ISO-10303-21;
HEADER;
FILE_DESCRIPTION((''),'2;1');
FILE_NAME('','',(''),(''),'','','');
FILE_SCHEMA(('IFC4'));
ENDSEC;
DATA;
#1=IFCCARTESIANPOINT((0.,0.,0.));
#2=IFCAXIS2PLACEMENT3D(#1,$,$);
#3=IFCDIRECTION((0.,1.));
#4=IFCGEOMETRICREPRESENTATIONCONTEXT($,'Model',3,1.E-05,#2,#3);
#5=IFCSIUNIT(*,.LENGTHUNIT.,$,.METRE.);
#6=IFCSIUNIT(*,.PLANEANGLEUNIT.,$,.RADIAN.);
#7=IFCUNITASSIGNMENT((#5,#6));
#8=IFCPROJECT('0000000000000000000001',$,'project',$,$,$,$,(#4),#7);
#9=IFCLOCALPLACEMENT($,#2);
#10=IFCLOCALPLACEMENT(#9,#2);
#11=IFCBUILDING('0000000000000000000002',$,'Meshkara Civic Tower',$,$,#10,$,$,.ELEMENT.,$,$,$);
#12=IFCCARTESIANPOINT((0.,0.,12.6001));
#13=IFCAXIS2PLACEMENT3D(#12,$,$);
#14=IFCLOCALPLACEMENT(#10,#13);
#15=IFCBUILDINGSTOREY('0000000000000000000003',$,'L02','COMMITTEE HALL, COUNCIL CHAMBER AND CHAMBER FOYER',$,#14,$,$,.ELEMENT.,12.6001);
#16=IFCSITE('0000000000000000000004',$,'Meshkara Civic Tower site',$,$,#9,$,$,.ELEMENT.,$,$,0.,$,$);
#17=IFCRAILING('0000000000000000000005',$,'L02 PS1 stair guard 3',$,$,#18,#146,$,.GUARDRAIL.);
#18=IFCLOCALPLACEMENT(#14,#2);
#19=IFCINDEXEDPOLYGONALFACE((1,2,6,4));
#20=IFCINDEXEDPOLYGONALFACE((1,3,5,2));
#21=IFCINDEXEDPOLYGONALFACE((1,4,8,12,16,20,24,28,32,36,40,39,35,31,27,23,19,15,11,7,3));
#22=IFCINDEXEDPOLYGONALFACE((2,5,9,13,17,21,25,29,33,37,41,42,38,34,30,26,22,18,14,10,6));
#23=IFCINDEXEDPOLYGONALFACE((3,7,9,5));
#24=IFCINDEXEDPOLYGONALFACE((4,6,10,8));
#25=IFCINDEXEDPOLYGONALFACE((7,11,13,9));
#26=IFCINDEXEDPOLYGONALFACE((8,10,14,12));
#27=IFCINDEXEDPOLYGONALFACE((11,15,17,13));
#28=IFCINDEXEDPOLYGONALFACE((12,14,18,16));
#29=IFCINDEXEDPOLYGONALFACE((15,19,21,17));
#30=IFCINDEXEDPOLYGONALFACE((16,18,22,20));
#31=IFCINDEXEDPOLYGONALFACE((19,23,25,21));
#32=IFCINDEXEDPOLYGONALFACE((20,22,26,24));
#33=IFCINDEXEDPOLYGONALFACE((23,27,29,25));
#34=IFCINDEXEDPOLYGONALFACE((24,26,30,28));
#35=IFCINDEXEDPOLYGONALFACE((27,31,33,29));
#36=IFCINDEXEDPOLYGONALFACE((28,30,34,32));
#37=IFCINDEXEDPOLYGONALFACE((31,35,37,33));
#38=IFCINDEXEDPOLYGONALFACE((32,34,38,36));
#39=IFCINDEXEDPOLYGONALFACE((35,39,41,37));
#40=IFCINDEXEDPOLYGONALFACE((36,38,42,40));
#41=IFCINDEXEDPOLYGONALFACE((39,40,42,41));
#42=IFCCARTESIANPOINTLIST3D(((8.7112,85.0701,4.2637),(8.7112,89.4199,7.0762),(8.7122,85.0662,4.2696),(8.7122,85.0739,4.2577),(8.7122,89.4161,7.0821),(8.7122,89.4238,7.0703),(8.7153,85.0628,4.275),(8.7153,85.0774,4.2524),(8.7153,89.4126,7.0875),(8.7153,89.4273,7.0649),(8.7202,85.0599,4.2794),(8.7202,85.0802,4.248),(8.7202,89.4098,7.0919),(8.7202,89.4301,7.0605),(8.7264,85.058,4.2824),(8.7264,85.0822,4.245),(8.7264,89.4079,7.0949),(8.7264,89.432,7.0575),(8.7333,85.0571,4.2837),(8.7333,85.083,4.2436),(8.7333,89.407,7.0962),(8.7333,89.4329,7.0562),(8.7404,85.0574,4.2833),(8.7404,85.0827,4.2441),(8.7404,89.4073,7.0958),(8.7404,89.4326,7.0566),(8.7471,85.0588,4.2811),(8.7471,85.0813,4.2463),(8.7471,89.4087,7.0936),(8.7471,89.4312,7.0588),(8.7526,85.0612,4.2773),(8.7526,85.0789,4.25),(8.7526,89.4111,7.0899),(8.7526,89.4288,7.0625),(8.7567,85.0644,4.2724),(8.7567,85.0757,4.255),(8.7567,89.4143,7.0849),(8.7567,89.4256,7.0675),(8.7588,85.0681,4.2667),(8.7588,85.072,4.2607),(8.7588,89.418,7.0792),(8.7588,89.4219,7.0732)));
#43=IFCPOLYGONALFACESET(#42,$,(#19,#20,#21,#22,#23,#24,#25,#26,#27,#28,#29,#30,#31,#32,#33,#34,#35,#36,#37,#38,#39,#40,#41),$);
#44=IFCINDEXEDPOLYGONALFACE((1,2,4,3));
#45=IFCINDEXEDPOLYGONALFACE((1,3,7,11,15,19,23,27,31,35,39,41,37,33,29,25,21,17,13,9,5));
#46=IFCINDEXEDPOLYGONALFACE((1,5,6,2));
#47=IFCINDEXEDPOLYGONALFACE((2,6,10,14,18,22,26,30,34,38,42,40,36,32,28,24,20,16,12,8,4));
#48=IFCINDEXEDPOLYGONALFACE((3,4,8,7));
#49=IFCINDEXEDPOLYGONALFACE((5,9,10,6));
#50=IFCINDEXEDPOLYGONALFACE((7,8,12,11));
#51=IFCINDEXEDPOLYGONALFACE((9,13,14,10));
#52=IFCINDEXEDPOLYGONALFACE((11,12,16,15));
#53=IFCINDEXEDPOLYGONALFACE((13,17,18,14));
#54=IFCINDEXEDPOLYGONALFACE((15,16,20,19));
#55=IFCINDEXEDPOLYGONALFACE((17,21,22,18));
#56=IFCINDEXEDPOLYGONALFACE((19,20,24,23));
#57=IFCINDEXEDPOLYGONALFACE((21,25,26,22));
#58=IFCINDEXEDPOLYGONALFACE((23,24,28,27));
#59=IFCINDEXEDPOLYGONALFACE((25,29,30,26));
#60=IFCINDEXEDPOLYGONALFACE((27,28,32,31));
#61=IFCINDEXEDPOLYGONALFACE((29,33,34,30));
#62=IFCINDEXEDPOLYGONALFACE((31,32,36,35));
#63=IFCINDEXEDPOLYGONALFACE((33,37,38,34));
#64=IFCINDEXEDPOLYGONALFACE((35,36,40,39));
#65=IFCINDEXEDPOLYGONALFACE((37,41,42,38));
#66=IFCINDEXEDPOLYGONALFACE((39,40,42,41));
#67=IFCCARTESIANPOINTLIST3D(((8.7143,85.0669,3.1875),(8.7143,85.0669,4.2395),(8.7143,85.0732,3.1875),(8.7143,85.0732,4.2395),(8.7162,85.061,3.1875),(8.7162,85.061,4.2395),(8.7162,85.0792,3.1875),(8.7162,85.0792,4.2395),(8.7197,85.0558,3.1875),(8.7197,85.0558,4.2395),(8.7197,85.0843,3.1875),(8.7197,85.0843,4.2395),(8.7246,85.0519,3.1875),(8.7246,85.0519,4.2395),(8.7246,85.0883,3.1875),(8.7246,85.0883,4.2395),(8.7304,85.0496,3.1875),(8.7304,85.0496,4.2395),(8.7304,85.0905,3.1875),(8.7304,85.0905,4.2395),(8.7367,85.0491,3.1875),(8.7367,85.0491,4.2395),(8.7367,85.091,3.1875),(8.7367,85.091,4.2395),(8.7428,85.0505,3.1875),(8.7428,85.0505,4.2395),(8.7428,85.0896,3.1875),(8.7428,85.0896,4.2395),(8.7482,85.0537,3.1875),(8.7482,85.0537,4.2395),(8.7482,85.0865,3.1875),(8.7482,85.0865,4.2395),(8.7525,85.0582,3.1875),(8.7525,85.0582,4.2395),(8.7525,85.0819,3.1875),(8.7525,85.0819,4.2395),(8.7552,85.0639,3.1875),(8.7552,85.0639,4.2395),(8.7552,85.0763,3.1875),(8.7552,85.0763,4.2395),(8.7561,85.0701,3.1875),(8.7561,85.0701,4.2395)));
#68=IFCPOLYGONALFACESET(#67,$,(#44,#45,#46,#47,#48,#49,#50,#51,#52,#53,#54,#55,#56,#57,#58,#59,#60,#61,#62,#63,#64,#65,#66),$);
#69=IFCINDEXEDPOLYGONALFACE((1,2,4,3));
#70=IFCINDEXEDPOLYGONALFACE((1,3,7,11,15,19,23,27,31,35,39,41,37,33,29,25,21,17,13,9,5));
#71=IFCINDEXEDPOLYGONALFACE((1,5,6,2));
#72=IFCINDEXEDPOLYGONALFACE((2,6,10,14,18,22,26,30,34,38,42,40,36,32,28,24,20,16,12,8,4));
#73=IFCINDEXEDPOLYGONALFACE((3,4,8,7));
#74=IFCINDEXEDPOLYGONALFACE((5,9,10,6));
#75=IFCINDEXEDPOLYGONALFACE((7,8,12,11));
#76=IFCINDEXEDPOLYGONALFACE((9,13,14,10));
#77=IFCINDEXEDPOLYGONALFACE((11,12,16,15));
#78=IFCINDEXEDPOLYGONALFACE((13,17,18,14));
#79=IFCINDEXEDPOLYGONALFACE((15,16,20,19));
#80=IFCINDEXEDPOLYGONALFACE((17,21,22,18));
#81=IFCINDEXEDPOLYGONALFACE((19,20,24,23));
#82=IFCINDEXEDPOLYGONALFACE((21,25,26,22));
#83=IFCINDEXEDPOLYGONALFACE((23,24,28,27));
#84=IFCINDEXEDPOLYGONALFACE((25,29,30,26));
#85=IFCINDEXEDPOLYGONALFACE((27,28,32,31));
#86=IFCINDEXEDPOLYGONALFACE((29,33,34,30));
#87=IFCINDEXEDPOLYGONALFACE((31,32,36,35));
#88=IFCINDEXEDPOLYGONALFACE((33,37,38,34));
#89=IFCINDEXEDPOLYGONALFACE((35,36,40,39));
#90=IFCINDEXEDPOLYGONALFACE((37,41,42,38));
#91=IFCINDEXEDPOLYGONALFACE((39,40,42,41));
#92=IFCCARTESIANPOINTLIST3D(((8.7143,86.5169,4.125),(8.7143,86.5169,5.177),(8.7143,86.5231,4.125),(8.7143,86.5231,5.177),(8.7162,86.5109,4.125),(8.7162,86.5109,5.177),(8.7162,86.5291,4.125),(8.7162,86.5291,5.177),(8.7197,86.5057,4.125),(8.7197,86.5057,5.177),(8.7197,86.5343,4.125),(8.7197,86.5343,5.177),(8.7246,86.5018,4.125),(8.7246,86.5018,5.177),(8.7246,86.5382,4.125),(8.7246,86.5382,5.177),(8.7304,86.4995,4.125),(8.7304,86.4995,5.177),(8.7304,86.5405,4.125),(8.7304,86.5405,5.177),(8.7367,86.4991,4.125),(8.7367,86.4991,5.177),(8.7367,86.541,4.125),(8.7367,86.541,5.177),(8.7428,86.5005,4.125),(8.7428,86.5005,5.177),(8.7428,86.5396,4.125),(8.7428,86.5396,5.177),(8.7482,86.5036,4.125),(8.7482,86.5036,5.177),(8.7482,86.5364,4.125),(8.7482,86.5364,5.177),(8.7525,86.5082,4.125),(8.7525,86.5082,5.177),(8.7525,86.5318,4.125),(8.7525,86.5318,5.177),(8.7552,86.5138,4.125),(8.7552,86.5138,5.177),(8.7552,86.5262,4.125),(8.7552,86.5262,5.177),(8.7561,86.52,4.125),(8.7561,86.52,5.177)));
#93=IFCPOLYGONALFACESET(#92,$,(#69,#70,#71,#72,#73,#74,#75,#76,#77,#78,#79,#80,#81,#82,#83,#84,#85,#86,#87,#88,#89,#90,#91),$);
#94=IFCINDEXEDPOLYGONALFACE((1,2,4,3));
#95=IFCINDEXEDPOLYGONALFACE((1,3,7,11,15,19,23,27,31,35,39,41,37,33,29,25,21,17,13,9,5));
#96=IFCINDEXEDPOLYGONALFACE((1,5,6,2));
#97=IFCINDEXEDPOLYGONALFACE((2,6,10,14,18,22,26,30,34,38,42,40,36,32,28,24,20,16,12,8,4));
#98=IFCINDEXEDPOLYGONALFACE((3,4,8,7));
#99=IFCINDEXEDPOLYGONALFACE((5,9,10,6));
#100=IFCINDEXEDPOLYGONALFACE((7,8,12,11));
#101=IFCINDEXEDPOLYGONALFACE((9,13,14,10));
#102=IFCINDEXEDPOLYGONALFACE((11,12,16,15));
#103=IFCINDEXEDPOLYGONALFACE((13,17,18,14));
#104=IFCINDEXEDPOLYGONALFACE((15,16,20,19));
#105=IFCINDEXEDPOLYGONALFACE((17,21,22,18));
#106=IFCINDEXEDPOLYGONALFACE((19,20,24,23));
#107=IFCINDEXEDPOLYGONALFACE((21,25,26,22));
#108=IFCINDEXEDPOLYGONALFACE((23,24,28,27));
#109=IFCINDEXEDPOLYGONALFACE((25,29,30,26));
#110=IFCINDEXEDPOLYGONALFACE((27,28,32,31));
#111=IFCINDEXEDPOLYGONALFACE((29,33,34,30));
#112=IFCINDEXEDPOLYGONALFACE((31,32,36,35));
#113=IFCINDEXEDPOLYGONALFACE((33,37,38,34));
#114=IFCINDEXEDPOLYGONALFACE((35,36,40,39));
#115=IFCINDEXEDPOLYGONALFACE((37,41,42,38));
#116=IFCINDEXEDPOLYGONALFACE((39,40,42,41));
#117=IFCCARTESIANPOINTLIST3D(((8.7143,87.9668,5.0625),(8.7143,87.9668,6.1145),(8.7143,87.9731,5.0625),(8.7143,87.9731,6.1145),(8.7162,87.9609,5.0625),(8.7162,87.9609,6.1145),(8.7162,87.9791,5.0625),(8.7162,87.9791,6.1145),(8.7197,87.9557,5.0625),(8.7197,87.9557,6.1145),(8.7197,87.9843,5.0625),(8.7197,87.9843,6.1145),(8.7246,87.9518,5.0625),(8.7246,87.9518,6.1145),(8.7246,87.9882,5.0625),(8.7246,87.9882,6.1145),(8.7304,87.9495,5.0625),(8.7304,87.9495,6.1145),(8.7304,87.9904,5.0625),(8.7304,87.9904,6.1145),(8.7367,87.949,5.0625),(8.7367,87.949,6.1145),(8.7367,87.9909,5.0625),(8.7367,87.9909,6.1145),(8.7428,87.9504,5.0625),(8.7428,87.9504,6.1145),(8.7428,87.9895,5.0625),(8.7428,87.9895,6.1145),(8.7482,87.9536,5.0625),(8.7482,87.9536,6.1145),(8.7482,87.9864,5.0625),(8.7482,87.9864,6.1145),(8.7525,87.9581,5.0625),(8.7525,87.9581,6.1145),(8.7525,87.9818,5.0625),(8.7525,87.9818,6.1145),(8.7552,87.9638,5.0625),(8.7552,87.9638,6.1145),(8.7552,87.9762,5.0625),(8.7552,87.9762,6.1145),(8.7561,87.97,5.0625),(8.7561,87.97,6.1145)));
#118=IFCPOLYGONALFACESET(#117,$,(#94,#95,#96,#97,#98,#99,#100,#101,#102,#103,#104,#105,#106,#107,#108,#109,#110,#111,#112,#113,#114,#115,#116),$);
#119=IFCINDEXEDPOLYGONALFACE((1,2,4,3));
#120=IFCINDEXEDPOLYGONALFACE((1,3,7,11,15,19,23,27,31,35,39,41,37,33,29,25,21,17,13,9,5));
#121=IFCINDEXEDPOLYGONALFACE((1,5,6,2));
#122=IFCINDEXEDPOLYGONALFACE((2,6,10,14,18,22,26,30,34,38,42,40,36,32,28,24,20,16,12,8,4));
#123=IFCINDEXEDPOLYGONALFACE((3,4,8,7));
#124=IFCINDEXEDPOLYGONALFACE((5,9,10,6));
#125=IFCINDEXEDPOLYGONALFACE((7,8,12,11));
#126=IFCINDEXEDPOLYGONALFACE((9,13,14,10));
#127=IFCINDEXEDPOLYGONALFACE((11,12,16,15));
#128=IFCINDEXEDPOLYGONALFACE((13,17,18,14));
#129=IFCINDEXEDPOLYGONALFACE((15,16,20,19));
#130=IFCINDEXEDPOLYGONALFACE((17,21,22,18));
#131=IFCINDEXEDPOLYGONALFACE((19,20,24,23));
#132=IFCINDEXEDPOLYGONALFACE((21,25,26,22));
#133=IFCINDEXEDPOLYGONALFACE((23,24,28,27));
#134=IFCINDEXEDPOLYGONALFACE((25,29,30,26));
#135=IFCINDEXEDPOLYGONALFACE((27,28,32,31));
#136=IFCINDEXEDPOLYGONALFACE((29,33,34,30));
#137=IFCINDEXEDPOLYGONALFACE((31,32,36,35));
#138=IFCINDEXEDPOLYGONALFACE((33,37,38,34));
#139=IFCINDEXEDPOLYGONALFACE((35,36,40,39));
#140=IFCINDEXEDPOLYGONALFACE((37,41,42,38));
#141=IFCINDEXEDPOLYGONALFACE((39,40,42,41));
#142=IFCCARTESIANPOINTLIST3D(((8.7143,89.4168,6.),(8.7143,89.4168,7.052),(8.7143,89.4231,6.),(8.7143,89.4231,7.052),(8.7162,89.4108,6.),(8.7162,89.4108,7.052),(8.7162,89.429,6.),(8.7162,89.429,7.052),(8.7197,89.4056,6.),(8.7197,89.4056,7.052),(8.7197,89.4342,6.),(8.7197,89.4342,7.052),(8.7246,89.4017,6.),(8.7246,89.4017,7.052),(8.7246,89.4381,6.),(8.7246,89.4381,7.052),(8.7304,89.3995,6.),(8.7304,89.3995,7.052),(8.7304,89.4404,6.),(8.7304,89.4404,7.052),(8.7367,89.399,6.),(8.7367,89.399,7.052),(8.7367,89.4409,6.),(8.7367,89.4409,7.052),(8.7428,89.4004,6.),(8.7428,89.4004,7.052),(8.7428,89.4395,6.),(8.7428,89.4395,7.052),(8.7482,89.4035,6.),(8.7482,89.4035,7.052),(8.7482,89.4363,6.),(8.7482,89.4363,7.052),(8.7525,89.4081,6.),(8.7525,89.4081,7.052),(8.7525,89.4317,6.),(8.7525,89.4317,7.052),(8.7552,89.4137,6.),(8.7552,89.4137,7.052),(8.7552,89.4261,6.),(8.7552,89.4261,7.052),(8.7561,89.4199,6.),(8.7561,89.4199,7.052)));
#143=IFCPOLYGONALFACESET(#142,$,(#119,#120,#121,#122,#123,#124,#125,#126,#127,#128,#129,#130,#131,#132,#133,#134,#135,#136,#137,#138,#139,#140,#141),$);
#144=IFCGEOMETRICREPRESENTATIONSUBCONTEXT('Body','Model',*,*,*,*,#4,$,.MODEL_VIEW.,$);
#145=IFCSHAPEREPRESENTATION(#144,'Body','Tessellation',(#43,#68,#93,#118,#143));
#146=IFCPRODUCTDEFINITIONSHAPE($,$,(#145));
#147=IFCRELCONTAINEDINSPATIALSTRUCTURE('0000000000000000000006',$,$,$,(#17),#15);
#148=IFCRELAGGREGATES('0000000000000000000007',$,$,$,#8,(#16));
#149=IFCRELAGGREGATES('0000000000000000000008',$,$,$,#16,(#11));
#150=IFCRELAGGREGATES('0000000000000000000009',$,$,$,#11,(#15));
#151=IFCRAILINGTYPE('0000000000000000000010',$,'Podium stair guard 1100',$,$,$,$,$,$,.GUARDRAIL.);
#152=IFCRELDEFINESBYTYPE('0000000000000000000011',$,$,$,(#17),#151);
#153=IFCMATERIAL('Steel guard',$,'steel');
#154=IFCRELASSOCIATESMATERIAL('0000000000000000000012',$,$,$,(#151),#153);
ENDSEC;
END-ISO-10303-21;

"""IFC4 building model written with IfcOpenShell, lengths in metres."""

from ifc_helpers import new_model, si_unit, direction, frame, origin, origin_2d, place, context, subcontext, project, spatial, circle, extrude, material, type_object, element, save


model = new_model("IFC4")

# Units and contexts
model_context = context("Model", 3, precision=1e-05, world=origin(), true_north=direction((0.0, 1.0)))
body_context = subcontext(model_context, "Body", "Model", "MODEL_VIEW")
ifc_project = project(units=[si_unit("LENGTHUNIT", "METRE"), si_unit("PLANEANGLEUNIT", "RADIAN")], contexts=[model_context])

# Site, building, storey
site_placement = place(None, origin())
site = spatial("IfcSite", under=ifc_project, at=site_placement, Name="Meshkara Civic Tower site", CompositionType="ELEMENT", RefElevation=0.0)
building_placement = place(site_placement, origin())
building = spatial("IfcBuilding", under=site, at=building_placement, Name="Meshkara Civic Tower", CompositionType="ELEMENT")
storey_placement = place(building_placement, frame((0.0, 0.0, 12.6001)))
storey = spatial("IfcBuildingStorey", under=building, at=storey_placement, Name="L02", Description="COMMITTEE HALL, COUNCIL CHAMBER AND CHAMBER FOYER", CompositionType="ELEMENT", Elevation=12.6001)

# Railing
ifc_material_1 = material(Name="Steel guard", Category="steel")
railing_type_1 = type_object("IfcRailingType", Name="Podium stair guard 1100", PredefinedType="GUARDRAIL", material=ifc_material_1)
railing_1_placement = place(storey_placement, frame((8.7351, 85.0701, 3.1875)))
element("IfcRailing", 1, at=railing_1_placement, inside=storey, type_object=railing_type_1, Name="L02 PS1 stair guard 3", PredefinedType="GUARDRAIL", context=body_context, shape_type="SweptSolid", body=[
    extrude(circle(Radius=0.0239, at=origin_2d()), frame((0.0, 0.0, 1.0762), z_axis=(0.0, 0.839756, 0.542964), x_axis=(-1.0, 0.0, 0.0)), (0.0, 0.0, 1.0), 5.1799),
    extrude(circle(Radius=0.021, at=origin_2d()), origin(), (0.0, 0.0, 1.0), 1.052),
    extrude(circle(Radius=0.021, at=origin_2d()), frame((0.0, 1.45, 0.9375)), (0.0, 0.0, 1.0), 1.052),
    extrude(circle(Radius=0.021, at=origin_2d()), frame((0.0, 2.8999, 1.875)), (0.0, 0.0, 1.0), 1.052),
    extrude(circle(Radius=0.021, at=origin_2d()), frame((0.0, 4.3499, 2.8125)), (0.0, 0.0, 1.0), 1.052),
])

save(model, "model.ifc")
